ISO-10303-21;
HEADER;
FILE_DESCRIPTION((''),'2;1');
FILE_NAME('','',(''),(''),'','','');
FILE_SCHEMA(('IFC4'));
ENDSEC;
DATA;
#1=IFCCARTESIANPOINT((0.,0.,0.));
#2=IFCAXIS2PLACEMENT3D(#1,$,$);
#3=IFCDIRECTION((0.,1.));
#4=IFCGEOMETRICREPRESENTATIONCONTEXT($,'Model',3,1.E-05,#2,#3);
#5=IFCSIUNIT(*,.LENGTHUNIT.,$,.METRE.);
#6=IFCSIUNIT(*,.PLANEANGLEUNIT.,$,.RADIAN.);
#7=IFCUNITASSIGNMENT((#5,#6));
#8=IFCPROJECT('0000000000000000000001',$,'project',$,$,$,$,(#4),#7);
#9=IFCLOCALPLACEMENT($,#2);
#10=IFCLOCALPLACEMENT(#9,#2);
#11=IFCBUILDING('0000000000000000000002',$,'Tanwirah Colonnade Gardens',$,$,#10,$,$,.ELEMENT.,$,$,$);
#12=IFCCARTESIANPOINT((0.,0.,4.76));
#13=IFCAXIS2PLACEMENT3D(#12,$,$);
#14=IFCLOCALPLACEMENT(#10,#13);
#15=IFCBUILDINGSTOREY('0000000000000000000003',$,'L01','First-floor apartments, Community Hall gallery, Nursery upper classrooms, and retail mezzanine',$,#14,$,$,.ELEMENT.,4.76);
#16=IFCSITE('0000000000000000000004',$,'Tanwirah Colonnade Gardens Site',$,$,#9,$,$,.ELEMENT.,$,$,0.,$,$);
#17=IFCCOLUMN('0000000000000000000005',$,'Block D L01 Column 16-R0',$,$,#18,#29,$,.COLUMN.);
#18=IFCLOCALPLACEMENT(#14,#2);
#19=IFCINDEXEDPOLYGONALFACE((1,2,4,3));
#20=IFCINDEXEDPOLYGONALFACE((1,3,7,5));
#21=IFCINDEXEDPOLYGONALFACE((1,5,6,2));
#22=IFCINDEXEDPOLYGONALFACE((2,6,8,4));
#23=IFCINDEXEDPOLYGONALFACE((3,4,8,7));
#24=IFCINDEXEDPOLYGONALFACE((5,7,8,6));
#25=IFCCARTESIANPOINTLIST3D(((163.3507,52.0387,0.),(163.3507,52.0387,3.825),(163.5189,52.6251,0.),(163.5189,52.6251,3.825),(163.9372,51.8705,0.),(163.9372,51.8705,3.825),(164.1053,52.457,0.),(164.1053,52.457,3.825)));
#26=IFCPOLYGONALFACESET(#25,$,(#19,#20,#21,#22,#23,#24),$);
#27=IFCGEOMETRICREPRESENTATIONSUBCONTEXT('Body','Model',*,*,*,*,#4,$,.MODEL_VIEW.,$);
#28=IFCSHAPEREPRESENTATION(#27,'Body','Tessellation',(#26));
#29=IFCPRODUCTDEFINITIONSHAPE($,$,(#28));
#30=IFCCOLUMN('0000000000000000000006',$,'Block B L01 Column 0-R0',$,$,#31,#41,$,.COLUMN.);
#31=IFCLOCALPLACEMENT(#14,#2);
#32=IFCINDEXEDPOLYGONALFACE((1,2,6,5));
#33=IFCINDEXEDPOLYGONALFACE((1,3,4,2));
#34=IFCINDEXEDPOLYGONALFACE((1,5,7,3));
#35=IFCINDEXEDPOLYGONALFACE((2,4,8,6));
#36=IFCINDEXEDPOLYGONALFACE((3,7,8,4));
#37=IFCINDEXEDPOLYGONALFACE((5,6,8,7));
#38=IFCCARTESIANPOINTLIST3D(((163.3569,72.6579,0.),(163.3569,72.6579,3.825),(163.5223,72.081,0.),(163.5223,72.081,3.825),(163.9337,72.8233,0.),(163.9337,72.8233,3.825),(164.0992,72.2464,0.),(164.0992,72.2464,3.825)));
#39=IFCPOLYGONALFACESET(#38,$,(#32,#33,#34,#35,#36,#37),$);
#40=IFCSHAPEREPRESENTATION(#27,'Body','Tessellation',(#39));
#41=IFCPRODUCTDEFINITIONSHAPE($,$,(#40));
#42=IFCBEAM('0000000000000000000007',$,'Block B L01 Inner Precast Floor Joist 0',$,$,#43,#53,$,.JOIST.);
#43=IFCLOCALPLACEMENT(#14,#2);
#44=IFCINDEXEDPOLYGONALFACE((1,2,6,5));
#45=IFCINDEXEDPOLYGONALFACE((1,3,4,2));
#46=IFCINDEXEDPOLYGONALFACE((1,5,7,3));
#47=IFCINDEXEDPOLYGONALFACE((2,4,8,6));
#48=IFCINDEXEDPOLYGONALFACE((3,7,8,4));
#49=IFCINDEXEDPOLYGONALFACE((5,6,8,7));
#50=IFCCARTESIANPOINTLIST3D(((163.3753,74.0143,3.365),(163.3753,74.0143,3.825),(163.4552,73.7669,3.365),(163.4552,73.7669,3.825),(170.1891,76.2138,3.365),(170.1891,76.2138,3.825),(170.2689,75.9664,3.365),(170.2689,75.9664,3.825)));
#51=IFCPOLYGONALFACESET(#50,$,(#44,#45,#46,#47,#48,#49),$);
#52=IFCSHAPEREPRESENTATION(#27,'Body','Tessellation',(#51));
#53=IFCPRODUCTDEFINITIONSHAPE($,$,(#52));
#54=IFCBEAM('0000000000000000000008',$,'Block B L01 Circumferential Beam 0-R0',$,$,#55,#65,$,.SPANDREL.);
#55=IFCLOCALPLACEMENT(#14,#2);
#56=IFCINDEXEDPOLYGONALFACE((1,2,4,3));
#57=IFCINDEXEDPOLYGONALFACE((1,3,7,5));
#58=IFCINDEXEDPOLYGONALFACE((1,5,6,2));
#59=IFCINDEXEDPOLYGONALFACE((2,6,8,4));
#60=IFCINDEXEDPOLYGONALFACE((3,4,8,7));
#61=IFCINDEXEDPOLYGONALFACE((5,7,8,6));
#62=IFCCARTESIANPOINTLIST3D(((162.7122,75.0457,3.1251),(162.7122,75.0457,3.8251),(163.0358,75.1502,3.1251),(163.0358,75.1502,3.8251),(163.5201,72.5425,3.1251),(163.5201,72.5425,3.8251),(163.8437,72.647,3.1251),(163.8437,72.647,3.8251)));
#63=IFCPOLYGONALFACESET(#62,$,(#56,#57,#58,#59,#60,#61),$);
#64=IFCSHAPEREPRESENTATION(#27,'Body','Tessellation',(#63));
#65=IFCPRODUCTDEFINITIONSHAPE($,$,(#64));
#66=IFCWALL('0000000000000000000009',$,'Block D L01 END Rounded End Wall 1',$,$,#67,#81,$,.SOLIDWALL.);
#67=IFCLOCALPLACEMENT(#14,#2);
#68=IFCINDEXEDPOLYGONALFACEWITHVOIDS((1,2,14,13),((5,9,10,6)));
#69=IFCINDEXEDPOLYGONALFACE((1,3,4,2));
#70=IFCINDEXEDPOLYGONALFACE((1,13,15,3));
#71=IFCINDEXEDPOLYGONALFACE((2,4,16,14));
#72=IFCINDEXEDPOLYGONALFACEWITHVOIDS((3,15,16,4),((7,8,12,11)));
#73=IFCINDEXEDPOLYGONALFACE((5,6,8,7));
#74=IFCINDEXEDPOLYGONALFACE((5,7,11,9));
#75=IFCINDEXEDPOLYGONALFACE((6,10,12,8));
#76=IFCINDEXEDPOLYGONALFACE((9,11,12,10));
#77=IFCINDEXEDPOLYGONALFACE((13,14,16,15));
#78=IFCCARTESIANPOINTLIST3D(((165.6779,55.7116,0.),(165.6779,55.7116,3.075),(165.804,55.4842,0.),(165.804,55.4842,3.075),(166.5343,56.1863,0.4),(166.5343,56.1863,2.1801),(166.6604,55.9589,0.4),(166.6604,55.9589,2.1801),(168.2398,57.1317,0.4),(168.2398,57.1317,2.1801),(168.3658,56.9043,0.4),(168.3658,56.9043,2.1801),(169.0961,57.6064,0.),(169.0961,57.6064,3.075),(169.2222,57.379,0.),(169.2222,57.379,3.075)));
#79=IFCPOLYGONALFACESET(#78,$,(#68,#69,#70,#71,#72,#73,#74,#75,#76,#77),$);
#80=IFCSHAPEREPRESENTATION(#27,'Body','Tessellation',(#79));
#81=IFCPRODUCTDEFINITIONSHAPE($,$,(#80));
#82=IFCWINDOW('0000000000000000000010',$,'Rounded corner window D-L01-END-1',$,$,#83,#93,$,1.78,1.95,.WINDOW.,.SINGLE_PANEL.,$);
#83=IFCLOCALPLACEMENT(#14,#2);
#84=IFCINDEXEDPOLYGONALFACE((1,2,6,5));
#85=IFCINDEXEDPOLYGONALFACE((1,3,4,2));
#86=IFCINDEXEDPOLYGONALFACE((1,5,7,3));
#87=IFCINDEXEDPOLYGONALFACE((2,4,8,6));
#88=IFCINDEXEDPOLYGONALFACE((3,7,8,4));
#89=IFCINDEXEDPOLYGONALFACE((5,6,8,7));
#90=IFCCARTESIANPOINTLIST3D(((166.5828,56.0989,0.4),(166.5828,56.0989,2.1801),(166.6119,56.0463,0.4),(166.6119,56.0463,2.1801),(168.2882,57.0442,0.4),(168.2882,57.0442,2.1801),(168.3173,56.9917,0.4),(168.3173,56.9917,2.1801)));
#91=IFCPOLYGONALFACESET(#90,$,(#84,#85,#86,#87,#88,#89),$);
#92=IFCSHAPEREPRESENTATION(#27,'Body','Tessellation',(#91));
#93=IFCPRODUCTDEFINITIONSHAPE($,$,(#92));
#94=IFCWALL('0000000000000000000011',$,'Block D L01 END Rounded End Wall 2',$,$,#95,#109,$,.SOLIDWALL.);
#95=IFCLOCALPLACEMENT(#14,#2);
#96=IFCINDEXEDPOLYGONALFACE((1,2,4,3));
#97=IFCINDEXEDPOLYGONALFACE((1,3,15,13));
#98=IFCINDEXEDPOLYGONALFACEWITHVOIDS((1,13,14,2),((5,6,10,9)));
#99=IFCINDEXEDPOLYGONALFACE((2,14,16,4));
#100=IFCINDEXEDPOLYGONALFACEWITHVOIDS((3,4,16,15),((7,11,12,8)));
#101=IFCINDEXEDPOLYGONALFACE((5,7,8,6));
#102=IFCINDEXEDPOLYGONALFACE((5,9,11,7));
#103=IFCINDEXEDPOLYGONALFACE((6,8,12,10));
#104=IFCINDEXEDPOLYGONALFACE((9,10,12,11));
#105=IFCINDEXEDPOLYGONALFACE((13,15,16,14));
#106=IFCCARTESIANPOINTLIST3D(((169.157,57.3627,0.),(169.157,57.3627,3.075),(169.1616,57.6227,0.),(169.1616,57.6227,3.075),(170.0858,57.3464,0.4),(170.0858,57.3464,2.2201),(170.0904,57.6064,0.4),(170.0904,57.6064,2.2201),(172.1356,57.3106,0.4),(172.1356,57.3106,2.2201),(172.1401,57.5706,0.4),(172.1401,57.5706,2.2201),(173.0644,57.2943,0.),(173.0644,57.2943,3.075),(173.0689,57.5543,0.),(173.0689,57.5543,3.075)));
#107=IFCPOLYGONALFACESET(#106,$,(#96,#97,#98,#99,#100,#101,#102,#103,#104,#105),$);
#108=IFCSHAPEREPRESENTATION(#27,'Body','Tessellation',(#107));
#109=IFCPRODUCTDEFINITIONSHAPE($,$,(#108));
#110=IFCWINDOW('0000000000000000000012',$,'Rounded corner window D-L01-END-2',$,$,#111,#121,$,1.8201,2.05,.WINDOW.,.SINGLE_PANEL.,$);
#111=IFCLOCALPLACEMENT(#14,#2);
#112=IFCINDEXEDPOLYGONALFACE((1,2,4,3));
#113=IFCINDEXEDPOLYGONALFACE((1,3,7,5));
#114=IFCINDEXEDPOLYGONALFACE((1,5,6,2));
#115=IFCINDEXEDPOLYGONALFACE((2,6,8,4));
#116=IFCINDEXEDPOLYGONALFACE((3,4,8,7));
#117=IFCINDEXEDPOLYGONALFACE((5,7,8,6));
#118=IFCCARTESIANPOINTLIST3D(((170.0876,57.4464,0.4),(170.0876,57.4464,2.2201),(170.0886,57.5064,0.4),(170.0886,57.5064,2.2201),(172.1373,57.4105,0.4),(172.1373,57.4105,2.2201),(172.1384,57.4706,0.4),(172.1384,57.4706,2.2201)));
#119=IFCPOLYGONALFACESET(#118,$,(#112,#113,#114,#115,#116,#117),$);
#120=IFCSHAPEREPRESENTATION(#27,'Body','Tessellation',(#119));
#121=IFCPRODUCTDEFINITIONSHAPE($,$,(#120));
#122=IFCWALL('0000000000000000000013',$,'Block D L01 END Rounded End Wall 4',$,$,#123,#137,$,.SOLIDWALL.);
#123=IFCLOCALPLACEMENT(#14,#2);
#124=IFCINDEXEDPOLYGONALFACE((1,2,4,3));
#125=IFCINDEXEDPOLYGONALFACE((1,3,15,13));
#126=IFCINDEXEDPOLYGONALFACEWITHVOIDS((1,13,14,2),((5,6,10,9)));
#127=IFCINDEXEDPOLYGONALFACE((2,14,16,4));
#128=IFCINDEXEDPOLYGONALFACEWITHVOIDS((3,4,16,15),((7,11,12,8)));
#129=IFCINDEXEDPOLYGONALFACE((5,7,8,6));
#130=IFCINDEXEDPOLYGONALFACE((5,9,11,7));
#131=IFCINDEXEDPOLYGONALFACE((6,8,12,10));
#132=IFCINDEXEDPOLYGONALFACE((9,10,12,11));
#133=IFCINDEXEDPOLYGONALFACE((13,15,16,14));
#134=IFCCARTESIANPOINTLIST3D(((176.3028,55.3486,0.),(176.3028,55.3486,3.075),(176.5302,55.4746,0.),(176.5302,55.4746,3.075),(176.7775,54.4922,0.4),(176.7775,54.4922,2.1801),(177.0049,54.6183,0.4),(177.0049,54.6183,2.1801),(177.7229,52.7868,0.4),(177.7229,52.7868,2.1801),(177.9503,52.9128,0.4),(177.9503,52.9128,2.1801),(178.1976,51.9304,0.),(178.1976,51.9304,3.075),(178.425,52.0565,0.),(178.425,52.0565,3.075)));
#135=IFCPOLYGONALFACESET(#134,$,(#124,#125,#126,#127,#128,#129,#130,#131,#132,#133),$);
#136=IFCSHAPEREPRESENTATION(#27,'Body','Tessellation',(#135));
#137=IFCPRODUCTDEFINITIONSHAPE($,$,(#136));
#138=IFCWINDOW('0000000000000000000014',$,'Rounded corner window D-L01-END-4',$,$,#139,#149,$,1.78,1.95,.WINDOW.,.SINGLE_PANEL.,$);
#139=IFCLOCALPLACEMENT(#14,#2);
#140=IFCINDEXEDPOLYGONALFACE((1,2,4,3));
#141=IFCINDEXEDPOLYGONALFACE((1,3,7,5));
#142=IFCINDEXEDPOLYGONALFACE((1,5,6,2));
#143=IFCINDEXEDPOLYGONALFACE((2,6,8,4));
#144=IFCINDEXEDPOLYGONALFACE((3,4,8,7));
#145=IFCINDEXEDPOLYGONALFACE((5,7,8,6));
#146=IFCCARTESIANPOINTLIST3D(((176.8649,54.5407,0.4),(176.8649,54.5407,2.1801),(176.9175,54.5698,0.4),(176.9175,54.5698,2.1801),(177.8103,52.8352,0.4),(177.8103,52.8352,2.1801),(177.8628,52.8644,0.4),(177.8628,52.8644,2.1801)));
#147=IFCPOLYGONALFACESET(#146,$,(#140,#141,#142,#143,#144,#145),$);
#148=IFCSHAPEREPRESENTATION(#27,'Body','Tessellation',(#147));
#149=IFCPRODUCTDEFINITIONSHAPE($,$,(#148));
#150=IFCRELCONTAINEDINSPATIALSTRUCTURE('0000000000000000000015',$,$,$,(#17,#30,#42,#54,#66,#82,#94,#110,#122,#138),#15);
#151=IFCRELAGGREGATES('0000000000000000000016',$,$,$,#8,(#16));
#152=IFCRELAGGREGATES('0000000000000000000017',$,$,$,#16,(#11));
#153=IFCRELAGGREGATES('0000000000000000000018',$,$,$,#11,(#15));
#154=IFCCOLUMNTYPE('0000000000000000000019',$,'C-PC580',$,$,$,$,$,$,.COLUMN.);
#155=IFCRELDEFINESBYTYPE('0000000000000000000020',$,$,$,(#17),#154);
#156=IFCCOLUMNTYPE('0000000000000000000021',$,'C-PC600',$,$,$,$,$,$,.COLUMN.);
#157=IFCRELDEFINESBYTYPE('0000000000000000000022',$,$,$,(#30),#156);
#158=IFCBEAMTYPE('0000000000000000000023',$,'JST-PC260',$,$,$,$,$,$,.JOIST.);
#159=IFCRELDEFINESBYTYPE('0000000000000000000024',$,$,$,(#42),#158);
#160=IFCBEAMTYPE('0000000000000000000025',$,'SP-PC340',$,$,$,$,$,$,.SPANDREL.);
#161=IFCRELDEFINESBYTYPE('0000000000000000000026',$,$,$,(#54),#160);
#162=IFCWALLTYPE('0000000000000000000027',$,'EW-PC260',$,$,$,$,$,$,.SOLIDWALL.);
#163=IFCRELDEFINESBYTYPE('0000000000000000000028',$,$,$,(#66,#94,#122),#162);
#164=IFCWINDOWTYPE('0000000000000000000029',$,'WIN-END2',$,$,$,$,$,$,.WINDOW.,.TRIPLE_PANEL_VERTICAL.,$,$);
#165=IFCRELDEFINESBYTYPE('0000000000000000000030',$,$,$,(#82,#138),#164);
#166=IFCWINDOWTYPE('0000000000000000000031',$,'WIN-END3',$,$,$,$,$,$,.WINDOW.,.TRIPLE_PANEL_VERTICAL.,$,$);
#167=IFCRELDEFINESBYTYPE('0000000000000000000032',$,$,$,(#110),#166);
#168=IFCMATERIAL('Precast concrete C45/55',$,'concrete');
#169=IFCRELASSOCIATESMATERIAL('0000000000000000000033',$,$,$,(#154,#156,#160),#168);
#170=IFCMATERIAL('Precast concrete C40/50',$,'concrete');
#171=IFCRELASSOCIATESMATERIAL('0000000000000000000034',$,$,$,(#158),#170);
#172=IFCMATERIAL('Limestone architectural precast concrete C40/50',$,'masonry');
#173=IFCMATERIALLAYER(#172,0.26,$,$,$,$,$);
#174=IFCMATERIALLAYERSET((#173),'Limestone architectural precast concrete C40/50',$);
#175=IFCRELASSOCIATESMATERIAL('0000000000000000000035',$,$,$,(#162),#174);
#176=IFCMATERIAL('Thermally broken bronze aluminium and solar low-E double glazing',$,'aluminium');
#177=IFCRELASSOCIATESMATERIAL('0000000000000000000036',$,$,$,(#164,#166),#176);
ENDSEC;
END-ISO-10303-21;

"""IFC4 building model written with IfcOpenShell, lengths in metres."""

from ifc_helpers import new_model, si_unit, direction, frame, frame_2d, origin, origin_2d, place, context, subcontext, project, spatial, rectangle, extrude, material, layer, layer_set, material_profile, profile_set, type_object, element, fill, save


model = new_model("IFC4")

# Units and contexts
model_context = context("Model", 3, precision=1e-05, world=origin(), true_north=direction((0.0, 1.0)))
body_context = subcontext(model_context, "Body", "Model", "MODEL_VIEW")
ifc_project = project(units=[si_unit("LENGTHUNIT", "METRE"), si_unit("PLANEANGLEUNIT", "RADIAN")], contexts=[model_context])

# Site, building, storey
site_placement = place(None, origin())
site = spatial("IfcSite", under=ifc_project, at=site_placement, Name="Tanwirah Colonnade Gardens Site", CompositionType="ELEMENT", RefElevation=0.0)
building_placement = place(site_placement, origin())
building = spatial("IfcBuilding", under=site, at=building_placement, Name="Tanwirah Colonnade Gardens", CompositionType="ELEMENT")
storey_placement = place(building_placement, frame((0.0, 0.0, 4.76)))
storey = spatial("IfcBuildingStorey", under=building, at=storey_placement, Name="L01", Description="First-floor apartments, Community Hall gallery, Nursery upper classrooms, and retail mezzanine", CompositionType="ELEMENT", Elevation=4.76)

# Columns
ifc_material_1 = material(Name="Precast concrete C45/55", Category="concrete")
ifc_material_profile_1 = material_profile(ifc_material_1, rectangle(XDim=0.6101, YDim=0.6101, at=origin_2d()), Name="PC-COL 610x610")
ifc_profile_set_1 = profile_set([ifc_material_profile_1], Name="Precast concrete C45/55")
column_type_1 = type_object("IfcColumnType", Name="C-PC580", PredefinedType="COLUMN", material=ifc_profile_set_1)
column_1_placement = place(storey_placement, frame((163.728, 52.2478, 0.0), z_axis=(0.0, 0.0, 1.0), x_axis=(0.961262, -0.275637, 0.0)))
element("IfcColumn", 1, at=column_1_placement, inside=storey, type_object=column_type_1, Name="Block D L01 Column 16-R0", PredefinedType="COLUMN", context=body_context, shape_type="SweptSolid", body=[
    extrude(rectangle(XDim=0.6101, YDim=0.6101, at=origin_2d()), origin(), (0.0, 0.0, 1.0), 3.825),
])
ifc_material_profile_2 = material_profile(ifc_material_1, rectangle(XDim=0.6001, YDim=0.6001, at=origin_2d()), Name="PC-COL 600x600")
ifc_profile_set_2 = profile_set([ifc_material_profile_2], Name="Precast concrete C45/55")
column_type_2 = type_object("IfcColumnType", Name="C-PC600", PredefinedType="COLUMN", material=ifc_profile_set_2)
column_2_placement = place(storey_placement, frame((163.728, 72.4521, 0.0), z_axis=(0.0, 0.0, 1.0), x_axis=(0.961262, 0.275637, 0.0)))
element("IfcColumn", 2, at=column_2_placement, inside=storey, type_object=column_type_2, Name="Block B L01 Column 0-R0", PredefinedType="COLUMN", context=body_context, shape_type="SweptSolid", body=[
    extrude(rectangle(XDim=0.6001, YDim=0.6001, at=origin_2d()), origin(), (0.0, 0.0, 1.0), 3.825),
])

# Beams
ifc_material_2 = material(Name="Precast concrete C40/50", Category="concrete")
ifc_material_profile_3 = material_profile(ifc_material_2, rectangle(XDim=0.26, YDim=0.46, at=origin_2d()), Name="PC-JST 260x460")
ifc_profile_set_3 = profile_set([ifc_material_profile_3], Name="Precast concrete C40/50")
beam_type_1 = type_object("IfcBeamType", Name="JST-PC260", PredefinedType="JOIST", material=ifc_profile_set_3)
beam_1_placement = place(storey_placement, frame((163.4153, 73.8906, 3.595), z_axis=(0.951648, 0.307191, 0.0), x_axis=(-0.307191, 0.951648, 0.0)))
element("IfcBeam", 3, at=beam_1_placement, inside=storey, type_object=beam_type_1, Name="Block B L01 Inner Precast Floor Joist 0", PredefinedType="JOIST", context=body_context, shape_type="SweptSolid", body=[
    extrude(rectangle(XDim=0.26, YDim=0.46, at=origin_2d()), origin(), (0.0, 0.0, 1.0), 7.1599),
])
ifc_material_profile_4 = material_profile(ifc_material_1, rectangle(XDim=0.3401, YDim=0.7, at=origin_2d()), Name="PC-SP 340x700")
ifc_profile_set_4 = profile_set([ifc_material_profile_4], Name="Precast concrete C45/55")
beam_type_2 = type_object("IfcBeamType", Name="SP-PC340", PredefinedType="SPANDREL", material=ifc_profile_set_4)
beam_2_placement = place(storey_placement, frame((163.6819, 72.5947, 3.4751), z_axis=(-0.307136, 0.951666, 0.0), x_axis=(-0.951666, -0.307136, 0.0)))
element("IfcBeam", 4, at=beam_2_placement, inside=storey, type_object=beam_type_2, Name="Block B L01 Circumferential Beam 0-R0", PredefinedType="SPANDREL", context=body_context, shape_type="SweptSolid", body=[
    extrude(rectangle(XDim=0.3401, YDim=0.7, at=origin_2d()), origin(), (0.0, 0.0, 1.0), 2.6304),
])

# Walls, openings, windows
ifc_material_3 = material(Name="Limestone architectural precast concrete C40/50", Category="masonry")
ifc_layer_1 = layer(ifc_material_3, 0.26)
ifc_layer_set_1 = layer_set([ifc_layer_1], Name="Limestone architectural precast concrete C40/50")
wall_type_1 = type_object("IfcWallType", Name="EW-PC260", PredefinedType="SOLIDWALL", material=ifc_layer_set_1)
wall_1_placement = place(storey_placement, frame((165.741, 55.5979, 0.0), z_axis=(0.0, 0.0, 1.0), x_axis=(0.874617, 0.484815, 0.0)))
wall_1 = element("IfcWall", 5, at=wall_1_placement, inside=storey, type_object=wall_type_1, Name="Block D L01 END Rounded End Wall 1", PredefinedType="SOLIDWALL", context=body_context, shape_type="SweptSolid", body=[
    extrude(rectangle(XDim=3.9082, YDim=0.26, at=frame_2d((1.9541, 0.0))), origin(), (0.0, 0.0, 1.0), 3.075),
])
opening_1_placement = place(wall_1_placement, frame((0.979, 0.0, 0.3999)))
opening_1 = element("IfcOpeningElement", 6, at=opening_1_placement, cuts=wall_1, PredefinedType="OPENING", context=body_context, shape_type="SweptSolid", body=[
    extrude(rectangle(XDim=1.95, YDim=1.78, at=frame_2d((0.9751, 0.8901))), frame((0.0, 0.1399, 0.0), z_axis=(0.0, -1.0, 0.0), x_axis=(1.0, 0.0, 0.0)), (0.0, 0.0, 1.0), 0.28),
])
ifc_material_4 = material(Name="Thermally broken bronze aluminium and solar low-E double glazing", Category="aluminium")
window_type_1 = type_object("IfcWindowType", Name="WIN-END2", PartitioningType="TRIPLE_PANEL_VERTICAL", PredefinedType="WINDOW", material=ifc_material_4)
window_1_placement = place(opening_1_placement, origin())
window_1 = element("IfcWindow", 7, at=window_1_placement, inside=storey, type_object=window_type_1, Name="Rounded corner window D-L01-END-1", OverallHeight=1.78, OverallWidth=1.95, PartitioningType="SINGLE_PANEL", PredefinedType="WINDOW", context=body_context, shape_type="SweptSolid", body=[
    extrude(rectangle(XDim=1.95, YDim=1.78, at=frame_2d((0.9751, 0.8901))), frame((0.0, 0.03, 0.0), z_axis=(0.0, -1.0, 0.0), x_axis=(1.0, 0.0, 0.0)), (0.0, 0.0, 1.0), 0.0601),
])
fill(opening_1, window_1)
wall_2_placement = place(storey_placement, frame((169.1592, 57.4927, 0.0), z_axis=(0.0, 0.0, 1.0), x_axis=(0.999847, -0.017492, 0.0)))
wall_2 = element("IfcWall", 8, at=wall_2_placement, inside=storey, type_object=wall_type_1, Name="Block D L01 END Rounded End Wall 2", PredefinedType="SOLIDWALL", context=body_context, shape_type="SweptSolid", body=[
    extrude(rectangle(XDim=3.908, YDim=0.26, at=frame_2d((1.9541, 0.0))), origin(), (0.0, 0.0, 1.0), 3.075),
])
opening_2_placement = place(wall_2_placement, frame((0.9292, 0.0, 0.3999)))
opening_2 = element("IfcOpeningElement", 9, at=opening_2_placement, cuts=wall_2, PredefinedType="OPENING", context=body_context, shape_type="SweptSolid", body=[
    extrude(rectangle(XDim=2.05, YDim=1.8201, at=frame_2d((1.0249, 0.9102))), frame((0.0, 0.1399, 0.0), z_axis=(0.0, -1.0, 0.0), x_axis=(1.0, 0.0, 0.0)), (0.0, 0.0, 1.0), 0.28),
])
window_type_2 = type_object("IfcWindowType", Name="WIN-END3", PartitioningType="TRIPLE_PANEL_VERTICAL", PredefinedType="WINDOW", material=ifc_material_4)
window_2_placement = place(opening_2_placement, origin())
window_2 = element("IfcWindow", 10, at=window_2_placement, inside=storey, type_object=window_type_2, Name="Rounded corner window D-L01-END-2", OverallHeight=1.8201, OverallWidth=2.05, PartitioningType="SINGLE_PANEL", PredefinedType="WINDOW", context=body_context, shape_type="SweptSolid", body=[
    extrude(rectangle(XDim=2.05, YDim=1.8201, at=frame_2d((1.0249, 0.9102))), frame((0.0, 0.03, 0.0), z_axis=(0.0, -1.0, 0.0), x_axis=(1.0, 0.0, 0.0)), (0.0, 0.0, 1.0), 0.0601),
])
fill(opening_2, window_2)
wall_3_placement = place(storey_placement, frame((176.4165, 55.4116, 0.0), z_axis=(0.0, 0.0, 1.0), x_axis=(0.484815, -0.874617, 0.0)))
wall_3 = element("IfcWall", 11, at=wall_3_placement, inside=storey, type_object=wall_type_1, Name="Block D L01 END Rounded End Wall 4", PredefinedType="SOLIDWALL", context=body_context, shape_type="SweptSolid", body=[
    extrude(rectangle(XDim=3.9082, YDim=0.26, at=frame_2d((1.9541, 0.0))), origin(), (0.0, 0.0, 1.0), 3.075),
])
opening_3_placement = place(wall_3_placement, frame((0.979, 0.0, 0.3999)))
opening_3 = element("IfcOpeningElement", 12, at=opening_3_placement, cuts=wall_3, PredefinedType="OPENING", context=body_context, shape_type="SweptSolid", body=[
    extrude(rectangle(XDim=1.95, YDim=1.78, at=frame_2d((0.9751, 0.8901))), frame((0.0, 0.1399, 0.0), z_axis=(0.0, -1.0, 0.0), x_axis=(1.0, 0.0, 0.0)), (0.0, 0.0, 1.0), 0.28),
])
window_3_placement = place(opening_3_placement, origin())
window_3 = element("IfcWindow", 13, at=window_3_placement, inside=storey, type_object=window_type_1, Name="Rounded corner window D-L01-END-4", OverallHeight=1.78, OverallWidth=1.95, PartitioningType="SINGLE_PANEL", PredefinedType="WINDOW", context=body_context, shape_type="SweptSolid", body=[
    extrude(rectangle(XDim=1.95, YDim=1.78, at=frame_2d((0.9751, 0.8901))), frame((0.0, 0.03, 0.0), z_axis=(0.0, -1.0, 0.0), x_axis=(1.0, 0.0, 0.0)), (0.0, 0.0, 1.0), 0.0601),
])
fill(opening_3, window_3)

save(model, "model.ifc")
